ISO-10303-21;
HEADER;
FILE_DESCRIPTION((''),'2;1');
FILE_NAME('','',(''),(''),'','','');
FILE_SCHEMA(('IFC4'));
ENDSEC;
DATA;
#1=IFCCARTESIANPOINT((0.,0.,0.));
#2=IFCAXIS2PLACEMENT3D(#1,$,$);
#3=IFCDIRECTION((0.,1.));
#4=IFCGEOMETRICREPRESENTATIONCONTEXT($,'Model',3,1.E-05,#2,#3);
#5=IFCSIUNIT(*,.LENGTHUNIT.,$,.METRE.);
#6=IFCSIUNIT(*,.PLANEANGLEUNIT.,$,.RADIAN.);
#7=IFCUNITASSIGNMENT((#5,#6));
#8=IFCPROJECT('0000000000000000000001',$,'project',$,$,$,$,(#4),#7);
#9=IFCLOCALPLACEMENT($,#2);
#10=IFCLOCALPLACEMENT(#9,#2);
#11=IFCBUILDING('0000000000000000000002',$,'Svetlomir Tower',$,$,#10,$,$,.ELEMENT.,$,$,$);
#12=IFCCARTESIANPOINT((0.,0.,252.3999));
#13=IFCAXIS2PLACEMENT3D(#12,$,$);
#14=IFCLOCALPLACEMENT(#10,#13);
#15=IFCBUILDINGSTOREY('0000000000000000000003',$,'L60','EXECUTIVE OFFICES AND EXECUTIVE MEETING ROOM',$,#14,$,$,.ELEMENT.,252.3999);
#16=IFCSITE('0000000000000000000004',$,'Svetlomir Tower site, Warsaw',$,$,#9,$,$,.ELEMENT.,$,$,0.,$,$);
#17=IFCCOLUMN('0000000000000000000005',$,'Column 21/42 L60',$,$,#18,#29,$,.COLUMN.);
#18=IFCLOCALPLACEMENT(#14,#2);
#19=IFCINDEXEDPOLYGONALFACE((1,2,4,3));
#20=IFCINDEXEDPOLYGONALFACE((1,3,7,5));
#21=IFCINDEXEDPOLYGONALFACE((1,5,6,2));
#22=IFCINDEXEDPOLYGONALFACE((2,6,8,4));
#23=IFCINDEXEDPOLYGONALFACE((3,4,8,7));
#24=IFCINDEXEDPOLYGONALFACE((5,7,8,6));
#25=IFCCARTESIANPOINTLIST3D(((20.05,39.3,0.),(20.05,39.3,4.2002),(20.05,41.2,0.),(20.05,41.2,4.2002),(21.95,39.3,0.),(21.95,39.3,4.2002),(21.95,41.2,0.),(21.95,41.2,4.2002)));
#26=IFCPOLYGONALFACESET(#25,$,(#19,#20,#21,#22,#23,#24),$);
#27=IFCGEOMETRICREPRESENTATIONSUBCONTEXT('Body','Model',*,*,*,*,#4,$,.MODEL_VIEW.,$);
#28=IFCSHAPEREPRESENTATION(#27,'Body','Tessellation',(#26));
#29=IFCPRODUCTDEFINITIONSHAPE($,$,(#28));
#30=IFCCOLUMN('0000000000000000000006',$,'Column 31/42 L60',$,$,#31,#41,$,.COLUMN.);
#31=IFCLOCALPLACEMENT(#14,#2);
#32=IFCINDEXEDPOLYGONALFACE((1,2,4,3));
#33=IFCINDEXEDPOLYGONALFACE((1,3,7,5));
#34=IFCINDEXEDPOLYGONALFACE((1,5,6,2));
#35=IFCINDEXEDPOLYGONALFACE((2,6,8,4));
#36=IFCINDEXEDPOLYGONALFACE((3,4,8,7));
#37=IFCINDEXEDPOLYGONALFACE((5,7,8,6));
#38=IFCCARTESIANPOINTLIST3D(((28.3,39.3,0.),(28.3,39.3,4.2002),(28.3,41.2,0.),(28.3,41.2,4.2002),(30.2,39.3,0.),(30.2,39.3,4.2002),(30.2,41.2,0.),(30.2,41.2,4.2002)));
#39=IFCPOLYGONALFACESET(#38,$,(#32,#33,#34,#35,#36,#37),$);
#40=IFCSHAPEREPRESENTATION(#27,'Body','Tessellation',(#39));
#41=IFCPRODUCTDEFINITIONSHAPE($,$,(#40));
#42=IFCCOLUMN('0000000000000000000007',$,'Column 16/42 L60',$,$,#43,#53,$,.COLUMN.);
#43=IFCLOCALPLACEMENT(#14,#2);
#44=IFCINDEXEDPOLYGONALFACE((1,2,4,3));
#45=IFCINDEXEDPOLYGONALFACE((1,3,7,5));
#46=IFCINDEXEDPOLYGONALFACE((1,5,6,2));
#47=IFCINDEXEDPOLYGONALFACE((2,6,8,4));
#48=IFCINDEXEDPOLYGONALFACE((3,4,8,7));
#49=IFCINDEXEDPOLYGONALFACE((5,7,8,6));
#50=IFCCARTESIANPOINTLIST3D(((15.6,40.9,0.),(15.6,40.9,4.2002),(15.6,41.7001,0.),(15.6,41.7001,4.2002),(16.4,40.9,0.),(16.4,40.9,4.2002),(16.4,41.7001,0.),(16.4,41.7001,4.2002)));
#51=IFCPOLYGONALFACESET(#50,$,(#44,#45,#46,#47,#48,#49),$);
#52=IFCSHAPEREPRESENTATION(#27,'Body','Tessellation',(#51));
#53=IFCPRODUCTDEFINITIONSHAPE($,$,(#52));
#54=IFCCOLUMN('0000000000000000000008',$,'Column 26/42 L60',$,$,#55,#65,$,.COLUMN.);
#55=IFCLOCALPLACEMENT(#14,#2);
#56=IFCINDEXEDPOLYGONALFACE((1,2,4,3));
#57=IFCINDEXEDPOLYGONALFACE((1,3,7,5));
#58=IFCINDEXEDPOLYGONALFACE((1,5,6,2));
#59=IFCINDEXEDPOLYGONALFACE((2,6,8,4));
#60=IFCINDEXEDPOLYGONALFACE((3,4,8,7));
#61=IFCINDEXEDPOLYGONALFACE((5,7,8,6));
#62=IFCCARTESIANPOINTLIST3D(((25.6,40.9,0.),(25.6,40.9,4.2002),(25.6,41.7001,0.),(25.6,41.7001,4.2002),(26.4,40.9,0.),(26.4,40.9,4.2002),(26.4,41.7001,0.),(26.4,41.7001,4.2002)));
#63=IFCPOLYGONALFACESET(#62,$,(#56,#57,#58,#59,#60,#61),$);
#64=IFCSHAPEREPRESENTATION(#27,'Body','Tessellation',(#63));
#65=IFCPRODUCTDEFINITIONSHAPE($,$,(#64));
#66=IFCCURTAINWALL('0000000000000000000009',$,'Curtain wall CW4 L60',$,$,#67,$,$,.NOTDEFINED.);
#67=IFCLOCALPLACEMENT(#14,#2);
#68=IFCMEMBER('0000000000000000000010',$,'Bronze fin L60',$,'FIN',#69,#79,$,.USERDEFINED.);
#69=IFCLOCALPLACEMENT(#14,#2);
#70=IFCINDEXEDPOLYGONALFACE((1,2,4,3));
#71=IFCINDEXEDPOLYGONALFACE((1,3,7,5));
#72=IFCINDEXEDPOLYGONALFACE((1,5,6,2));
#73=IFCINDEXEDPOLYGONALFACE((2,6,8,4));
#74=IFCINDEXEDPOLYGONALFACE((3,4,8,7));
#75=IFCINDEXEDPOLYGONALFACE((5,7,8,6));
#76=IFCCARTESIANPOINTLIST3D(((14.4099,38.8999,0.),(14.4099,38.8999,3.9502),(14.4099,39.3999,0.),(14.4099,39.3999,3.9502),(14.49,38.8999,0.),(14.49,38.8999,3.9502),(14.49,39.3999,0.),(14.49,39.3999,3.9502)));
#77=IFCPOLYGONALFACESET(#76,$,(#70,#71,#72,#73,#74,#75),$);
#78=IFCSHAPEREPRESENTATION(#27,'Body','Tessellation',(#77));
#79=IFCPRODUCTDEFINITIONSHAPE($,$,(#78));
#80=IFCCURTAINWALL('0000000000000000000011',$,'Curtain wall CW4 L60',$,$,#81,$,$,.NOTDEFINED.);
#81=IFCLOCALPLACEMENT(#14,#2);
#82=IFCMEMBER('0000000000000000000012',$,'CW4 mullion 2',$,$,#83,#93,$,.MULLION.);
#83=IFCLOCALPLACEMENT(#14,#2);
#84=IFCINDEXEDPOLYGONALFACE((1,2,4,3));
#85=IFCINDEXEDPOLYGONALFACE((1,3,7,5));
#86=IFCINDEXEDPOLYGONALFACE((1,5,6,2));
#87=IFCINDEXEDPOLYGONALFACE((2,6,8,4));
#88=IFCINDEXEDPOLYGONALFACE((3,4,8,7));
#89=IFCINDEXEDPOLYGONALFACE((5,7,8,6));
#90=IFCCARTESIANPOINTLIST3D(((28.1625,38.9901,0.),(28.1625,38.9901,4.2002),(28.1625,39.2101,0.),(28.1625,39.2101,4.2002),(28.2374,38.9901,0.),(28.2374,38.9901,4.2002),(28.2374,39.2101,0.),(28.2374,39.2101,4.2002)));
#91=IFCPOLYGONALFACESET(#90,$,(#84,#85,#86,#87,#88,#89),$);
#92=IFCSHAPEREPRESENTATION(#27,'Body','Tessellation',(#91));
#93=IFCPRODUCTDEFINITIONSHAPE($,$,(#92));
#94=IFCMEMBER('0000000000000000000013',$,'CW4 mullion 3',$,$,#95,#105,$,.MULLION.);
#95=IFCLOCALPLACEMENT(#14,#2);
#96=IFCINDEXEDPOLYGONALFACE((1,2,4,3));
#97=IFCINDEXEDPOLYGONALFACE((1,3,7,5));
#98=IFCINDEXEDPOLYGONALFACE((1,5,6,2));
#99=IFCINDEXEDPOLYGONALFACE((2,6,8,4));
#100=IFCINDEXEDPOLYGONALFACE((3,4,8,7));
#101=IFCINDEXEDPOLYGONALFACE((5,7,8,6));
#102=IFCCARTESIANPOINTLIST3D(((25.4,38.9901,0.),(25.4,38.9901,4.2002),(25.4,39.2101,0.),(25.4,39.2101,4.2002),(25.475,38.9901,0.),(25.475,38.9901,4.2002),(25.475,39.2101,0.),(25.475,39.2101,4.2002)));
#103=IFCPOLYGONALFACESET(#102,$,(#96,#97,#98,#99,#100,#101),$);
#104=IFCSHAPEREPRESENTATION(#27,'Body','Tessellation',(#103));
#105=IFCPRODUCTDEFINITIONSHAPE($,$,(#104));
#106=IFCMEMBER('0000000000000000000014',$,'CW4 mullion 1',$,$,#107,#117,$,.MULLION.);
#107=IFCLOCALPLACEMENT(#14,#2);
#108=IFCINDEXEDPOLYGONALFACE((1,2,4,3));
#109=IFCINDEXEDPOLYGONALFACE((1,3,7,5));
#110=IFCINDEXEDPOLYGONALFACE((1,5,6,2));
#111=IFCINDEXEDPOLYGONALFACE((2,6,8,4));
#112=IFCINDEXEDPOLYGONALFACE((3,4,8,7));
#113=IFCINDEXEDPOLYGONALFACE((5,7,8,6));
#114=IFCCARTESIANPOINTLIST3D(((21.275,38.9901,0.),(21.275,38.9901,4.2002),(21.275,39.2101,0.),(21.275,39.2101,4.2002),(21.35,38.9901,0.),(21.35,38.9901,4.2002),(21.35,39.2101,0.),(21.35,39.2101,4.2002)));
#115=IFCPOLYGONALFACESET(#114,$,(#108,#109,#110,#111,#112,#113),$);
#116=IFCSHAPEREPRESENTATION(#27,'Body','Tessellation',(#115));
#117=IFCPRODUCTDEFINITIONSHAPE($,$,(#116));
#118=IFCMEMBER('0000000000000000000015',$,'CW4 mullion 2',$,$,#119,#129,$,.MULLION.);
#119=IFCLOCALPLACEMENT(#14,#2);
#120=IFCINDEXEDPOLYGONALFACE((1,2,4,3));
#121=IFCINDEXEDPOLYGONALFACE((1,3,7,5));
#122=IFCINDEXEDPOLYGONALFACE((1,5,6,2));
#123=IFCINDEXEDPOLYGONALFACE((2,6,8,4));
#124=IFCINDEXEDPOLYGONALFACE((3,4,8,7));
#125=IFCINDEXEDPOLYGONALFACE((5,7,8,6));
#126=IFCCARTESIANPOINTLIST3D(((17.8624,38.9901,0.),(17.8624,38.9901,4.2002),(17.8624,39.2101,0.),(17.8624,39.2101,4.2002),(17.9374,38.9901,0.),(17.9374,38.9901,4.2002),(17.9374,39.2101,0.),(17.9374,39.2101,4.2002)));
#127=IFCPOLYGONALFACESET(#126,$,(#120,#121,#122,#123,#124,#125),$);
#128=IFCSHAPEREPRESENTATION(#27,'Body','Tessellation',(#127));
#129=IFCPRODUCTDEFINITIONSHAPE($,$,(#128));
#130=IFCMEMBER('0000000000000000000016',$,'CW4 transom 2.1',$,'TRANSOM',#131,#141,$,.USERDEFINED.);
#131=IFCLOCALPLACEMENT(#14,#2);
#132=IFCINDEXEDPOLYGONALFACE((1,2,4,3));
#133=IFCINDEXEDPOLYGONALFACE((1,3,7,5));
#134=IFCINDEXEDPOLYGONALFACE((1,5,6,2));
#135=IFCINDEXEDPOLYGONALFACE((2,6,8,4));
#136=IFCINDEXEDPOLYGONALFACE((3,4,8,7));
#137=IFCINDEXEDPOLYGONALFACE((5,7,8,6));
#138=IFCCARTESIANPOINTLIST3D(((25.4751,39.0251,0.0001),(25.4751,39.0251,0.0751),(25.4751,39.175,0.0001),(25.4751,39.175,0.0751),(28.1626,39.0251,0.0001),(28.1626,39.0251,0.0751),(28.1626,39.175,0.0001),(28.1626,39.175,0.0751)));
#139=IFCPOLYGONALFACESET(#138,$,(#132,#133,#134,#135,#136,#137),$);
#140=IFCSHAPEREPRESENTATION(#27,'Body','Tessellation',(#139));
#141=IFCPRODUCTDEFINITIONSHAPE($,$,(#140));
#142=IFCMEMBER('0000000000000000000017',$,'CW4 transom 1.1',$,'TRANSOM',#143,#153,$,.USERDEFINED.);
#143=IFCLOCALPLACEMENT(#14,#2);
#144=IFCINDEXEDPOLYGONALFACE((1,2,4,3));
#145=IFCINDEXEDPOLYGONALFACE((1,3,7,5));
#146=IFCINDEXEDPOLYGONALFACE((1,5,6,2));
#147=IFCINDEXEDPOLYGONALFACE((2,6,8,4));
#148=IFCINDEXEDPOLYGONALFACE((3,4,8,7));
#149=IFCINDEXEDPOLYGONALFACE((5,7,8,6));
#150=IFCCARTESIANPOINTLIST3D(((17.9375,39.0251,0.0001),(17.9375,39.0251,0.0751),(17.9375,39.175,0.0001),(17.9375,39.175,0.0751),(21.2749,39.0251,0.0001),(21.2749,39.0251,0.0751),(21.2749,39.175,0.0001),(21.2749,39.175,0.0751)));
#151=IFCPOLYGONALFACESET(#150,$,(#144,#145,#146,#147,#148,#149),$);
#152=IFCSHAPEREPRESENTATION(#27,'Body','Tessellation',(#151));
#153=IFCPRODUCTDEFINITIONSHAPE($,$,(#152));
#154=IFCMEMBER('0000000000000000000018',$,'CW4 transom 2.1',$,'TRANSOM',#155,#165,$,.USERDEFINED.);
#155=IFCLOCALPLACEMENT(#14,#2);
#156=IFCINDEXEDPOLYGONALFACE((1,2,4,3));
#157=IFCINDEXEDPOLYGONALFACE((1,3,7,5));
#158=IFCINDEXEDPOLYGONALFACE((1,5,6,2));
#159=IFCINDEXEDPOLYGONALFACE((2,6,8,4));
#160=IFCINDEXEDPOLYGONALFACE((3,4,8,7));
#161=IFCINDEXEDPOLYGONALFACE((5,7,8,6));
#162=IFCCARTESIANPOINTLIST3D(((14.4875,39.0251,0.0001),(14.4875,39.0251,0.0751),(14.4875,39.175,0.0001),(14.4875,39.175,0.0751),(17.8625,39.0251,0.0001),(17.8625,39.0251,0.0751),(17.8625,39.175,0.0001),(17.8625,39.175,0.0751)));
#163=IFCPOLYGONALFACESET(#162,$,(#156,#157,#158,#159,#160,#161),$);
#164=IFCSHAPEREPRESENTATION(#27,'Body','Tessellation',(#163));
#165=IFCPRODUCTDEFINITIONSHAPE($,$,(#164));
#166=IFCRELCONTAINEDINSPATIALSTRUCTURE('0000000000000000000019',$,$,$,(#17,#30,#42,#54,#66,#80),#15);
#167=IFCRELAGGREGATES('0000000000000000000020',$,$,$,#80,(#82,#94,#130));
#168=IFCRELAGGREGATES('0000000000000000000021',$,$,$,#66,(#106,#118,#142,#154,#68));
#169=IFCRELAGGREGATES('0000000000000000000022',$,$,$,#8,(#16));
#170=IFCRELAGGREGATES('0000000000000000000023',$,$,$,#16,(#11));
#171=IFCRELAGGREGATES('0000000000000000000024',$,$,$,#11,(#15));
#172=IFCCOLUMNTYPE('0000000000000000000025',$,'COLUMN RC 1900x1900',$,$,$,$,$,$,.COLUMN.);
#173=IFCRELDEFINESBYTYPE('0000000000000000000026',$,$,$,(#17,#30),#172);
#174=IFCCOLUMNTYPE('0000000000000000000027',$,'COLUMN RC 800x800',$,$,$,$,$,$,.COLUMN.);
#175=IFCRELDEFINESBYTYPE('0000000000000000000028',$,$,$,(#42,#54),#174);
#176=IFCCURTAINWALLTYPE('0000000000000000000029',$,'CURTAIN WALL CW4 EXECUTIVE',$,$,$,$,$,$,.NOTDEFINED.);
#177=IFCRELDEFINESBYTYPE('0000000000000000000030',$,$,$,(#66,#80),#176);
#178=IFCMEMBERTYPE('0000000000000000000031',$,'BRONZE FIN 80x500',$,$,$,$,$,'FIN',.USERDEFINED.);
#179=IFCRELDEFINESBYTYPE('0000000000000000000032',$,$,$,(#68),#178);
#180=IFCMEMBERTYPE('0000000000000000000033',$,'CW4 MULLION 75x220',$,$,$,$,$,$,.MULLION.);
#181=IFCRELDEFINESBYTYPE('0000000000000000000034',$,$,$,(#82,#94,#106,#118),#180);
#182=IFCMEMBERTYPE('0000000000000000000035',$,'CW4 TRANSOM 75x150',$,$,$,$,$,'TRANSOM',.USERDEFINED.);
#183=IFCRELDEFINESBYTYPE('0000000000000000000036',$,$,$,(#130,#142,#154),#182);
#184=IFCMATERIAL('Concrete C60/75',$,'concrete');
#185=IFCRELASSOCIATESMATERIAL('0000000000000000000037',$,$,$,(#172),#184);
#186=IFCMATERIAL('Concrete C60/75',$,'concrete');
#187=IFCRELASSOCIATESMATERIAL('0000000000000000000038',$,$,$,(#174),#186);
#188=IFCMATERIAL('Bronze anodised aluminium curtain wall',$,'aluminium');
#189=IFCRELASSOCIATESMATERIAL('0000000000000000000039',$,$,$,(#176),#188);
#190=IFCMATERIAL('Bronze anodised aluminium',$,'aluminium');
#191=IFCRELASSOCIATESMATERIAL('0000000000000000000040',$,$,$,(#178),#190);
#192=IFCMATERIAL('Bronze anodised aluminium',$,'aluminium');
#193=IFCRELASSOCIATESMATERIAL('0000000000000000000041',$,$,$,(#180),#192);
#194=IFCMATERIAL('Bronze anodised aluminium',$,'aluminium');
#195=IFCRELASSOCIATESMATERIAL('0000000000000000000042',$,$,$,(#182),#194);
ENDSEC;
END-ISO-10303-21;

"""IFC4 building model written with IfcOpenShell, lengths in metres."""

from ifc_helpers import new_model, si_unit, direction, frame, origin, origin_2d, place, context, subcontext, project, spatial, rectangle, extrude, material, material_profile, profile_set, type_object, element, aggregate, save


model = new_model("IFC4")

# Units and contexts
model_context = context("Model", 3, precision=1e-05, world=origin(), true_north=direction((0.0, 1.0)))
body_context = subcontext(model_context, "Body", "Model", "MODEL_VIEW")
ifc_project = project(units=[si_unit("LENGTHUNIT", "METRE"), si_unit("PLANEANGLEUNIT", "RADIAN")], contexts=[model_context])

# Site, building, storey
site_placement = place(None, origin())
site = spatial("IfcSite", under=ifc_project, at=site_placement, Name="Svetlomir Tower site, Warsaw", CompositionType="ELEMENT", RefElevation=0.0)
building_placement = place(site_placement, origin())
building = spatial("IfcBuilding", under=site, at=building_placement, Name="Svetlomir Tower", CompositionType="ELEMENT")
storey_placement = place(building_placement, frame((0.0, 0.0, 252.3999)))
storey = spatial("IfcBuildingStorey", under=building, at=storey_placement, Name="L60", Description="EXECUTIVE OFFICES AND EXECUTIVE MEETING ROOM", CompositionType="ELEMENT", Elevation=252.3999)

# Columns
ifc_material_1 = material(Name="Concrete C60/75", Category="concrete")
ifc_material_profile_1 = material_profile(ifc_material_1, rectangle(XDim=1.8999, YDim=1.8999, at=origin_2d()), Name="RC 1900x1900")
ifc_profile_set_1 = profile_set([ifc_material_profile_1], Name="Concrete C60/75")
column_type_1 = type_object("IfcColumnType", Name="COLUMN RC 1900x1900", PredefinedType="COLUMN", material=ifc_profile_set_1)
for number, where, z_axis, x_axis, name in (
    (1, (21.0, 40.25, 0.0), (0.0, 0.0, 1.0), (1.0, 0.0, 0.0), "Column 21/42 L60"),
    (2, (29.25, 40.25, 0.0), (0.0, 0.0, 1.0), (1.0, 0.0, 0.0), "Column 31/42 L60"),
):
    element("IfcColumn", number, at=place(storey_placement, frame(where, z_axis=z_axis, x_axis=x_axis)), inside=storey, type_object=column_type_1, Name=name, PredefinedType="COLUMN", context=body_context, shape_type="SweptSolid", body=[
        extrude(rectangle(XDim=1.8999, YDim=1.8999, at=origin_2d()), origin(), (0.0, 0.0, 1.0), 4.2002),
    ])
ifc_material_2 = material(Name="Concrete C60/75", Category="concrete")
ifc_material_profile_2 = material_profile(ifc_material_2, rectangle(XDim=0.8, YDim=0.8, at=origin_2d()), Name="RC 800x800")
ifc_profile_set_2 = profile_set([ifc_material_profile_2], Name="Concrete C60/75")
column_type_2 = type_object("IfcColumnType", Name="COLUMN RC 800x800", PredefinedType="COLUMN", material=ifc_profile_set_2)
for number, where, z_axis, x_axis, name in (
    (3, (16.0, 41.3, 0.0), (0.0, 0.0, 1.0), (1.0, 0.0, 0.0), "Column 16/42 L60"),
    (4, (26.0, 41.3, 0.0), (0.0, 0.0, 1.0), (1.0, 0.0, 0.0), "Column 26/42 L60"),
):
    element("IfcColumn", number, at=place(storey_placement, frame(where, z_axis=z_axis, x_axis=x_axis)), inside=storey, type_object=column_type_2, Name=name, PredefinedType="COLUMN", context=body_context, shape_type="SweptSolid", body=[
        extrude(rectangle(XDim=0.8, YDim=0.8, at=origin_2d()), origin(), (0.0, 0.0, 1.0), 4.2002),
    ])

# Curtain wall, member
ifc_material_3 = material(Name="Bronze anodised aluminium curtain wall", Category="aluminium")
curtain_wall_type = type_object("IfcCurtainWallType", Name="CURTAIN WALL CW4 EXECUTIVE", PredefinedType="NOTDEFINED", material=ifc_material_3)
curtain_wall_1_placement = place(storey_placement, origin())
curtain_wall_1 = element("IfcCurtainWall", 5, at=curtain_wall_1_placement, inside=storey, type_object=curtain_wall_type, Name="Curtain wall CW4 L60", PredefinedType="NOTDEFINED")
ifc_material_4 = material(Name="Bronze anodised aluminium", Category="aluminium")
ifc_material_profile_3 = material_profile(ifc_material_4, rectangle(XDim=0.0801, YDim=0.5, at=origin_2d()), Name="FIN 80x500")
ifc_profile_set_3 = profile_set([ifc_material_profile_3], Name="Bronze anodised aluminium 6063-T6")
member_type_1 = type_object("IfcMemberType", Name="BRONZE FIN 80x500", ElementType="FIN", PredefinedType="USERDEFINED", material=ifc_profile_set_3)
member_1_placement = place(storey_placement, frame((14.45, 39.1499, 0.0), z_axis=(0.0, 0.0, 1.0), x_axis=(1.0, 0.0, 0.0)))
member_1 = element("IfcMember", 6, at=member_1_placement, type_object=member_type_1, Name="Bronze fin L60", ObjectType="FIN", PredefinedType="USERDEFINED", context=body_context, shape_type="SweptSolid", body=[
    extrude(rectangle(XDim=0.0801, YDim=0.5, at=origin_2d()), origin(), (0.0, 0.0, 1.0), 3.9502),
])

# Curtain wall, members
curtain_wall_2_placement = place(storey_placement, origin())
curtain_wall_2 = element("IfcCurtainWall", 7, at=curtain_wall_2_placement, inside=storey, type_object=curtain_wall_type, Name="Curtain wall CW4 L60", PredefinedType="NOTDEFINED")
ifc_material_5 = material(Name="Bronze anodised aluminium", Category="aluminium")
ifc_material_profile_4 = material_profile(ifc_material_5, rectangle(XDim=0.075, YDim=0.22, at=origin_2d()), Name="AL 75x220")
ifc_profile_set_4 = profile_set([ifc_material_profile_4], Name="Bronze anodised aluminium 6063-T6")
member_type_2 = type_object("IfcMemberType", Name="CW4 MULLION 75x220", PredefinedType="MULLION", material=ifc_profile_set_4)
member_2_placement = place(storey_placement, frame((28.2, 39.1001, 0.0), z_axis=(0.0, 0.0, 1.0), x_axis=(-1.0, 0.0, 0.0)))
member_2 = element("IfcMember", 8, at=member_2_placement, type_object=member_type_2, Name="CW4 mullion 2", PredefinedType="MULLION", context=body_context, shape_type="SweptSolid", body=[
    extrude(rectangle(XDim=0.075, YDim=0.22, at=origin_2d()), origin(), (0.0, 0.0, 1.0), 4.2002),
])
member_3_placement = place(storey_placement, frame((25.4375, 39.1001, 0.0), z_axis=(0.0, 0.0, 1.0), x_axis=(-1.0, 0.0, 0.0)))
member_3 = element("IfcMember", 9, at=member_3_placement, type_object=member_type_2, Name="CW4 mullion 3", PredefinedType="MULLION", context=body_context, shape_type="SweptSolid", body=[
    extrude(rectangle(XDim=0.075, YDim=0.22, at=origin_2d()), origin(), (0.0, 0.0, 1.0), 4.2002),
])

# Members
member_4_placement = place(storey_placement, frame((21.3125, 39.1001, 0.0), z_axis=(0.0, 0.0, 1.0), x_axis=(-1.0, 0.0, 0.0)))
member_4 = element("IfcMember", 10, at=member_4_placement, type_object=member_type_2, Name="CW4 mullion 1", PredefinedType="MULLION", context=body_context, shape_type="SweptSolid", body=[
    extrude(rectangle(XDim=0.075, YDim=0.22, at=origin_2d()), origin(), (0.0, 0.0, 1.0), 4.2002),
])
member_5_placement = place(storey_placement, frame((17.8999, 39.1001, 0.0), z_axis=(0.0, 0.0, 1.0), x_axis=(-1.0, 0.0, 0.0)))
member_5 = element("IfcMember", 11, at=member_5_placement, type_object=member_type_2, Name="CW4 mullion 2", PredefinedType="MULLION", context=body_context, shape_type="SweptSolid", body=[
    extrude(rectangle(XDim=0.075, YDim=0.22, at=origin_2d()), origin(), (0.0, 0.0, 1.0), 4.2002),
])
ifc_material_6 = material(Name="Bronze anodised aluminium", Category="aluminium")
ifc_material_profile_5 = material_profile(ifc_material_6, rectangle(XDim=0.1499, YDim=0.075, at=origin_2d()), Name="AL 150x75")
ifc_profile_set_5 = profile_set([ifc_material_profile_5], Name="Bronze anodised aluminium 6063-T6")
member_type_3 = type_object("IfcMemberType", Name="CW4 TRANSOM 75x150", ElementType="TRANSOM", PredefinedType="USERDEFINED", material=ifc_profile_set_5)
member_6_placement = place(storey_placement, frame((28.1626, 39.1001, 0.0376), z_axis=(-1.0, 0.0, 0.0), x_axis=(0.0, -1.0, 0.0)))
member_6 = element("IfcMember", 12, at=member_6_placement, type_object=member_type_3, Name="CW4 transom 2.1", ObjectType="TRANSOM", PredefinedType="USERDEFINED", context=body_context, shape_type="SweptSolid", body=[
    extrude(rectangle(XDim=0.1499, YDim=0.075, at=origin_2d()), origin(), (0.0, 0.0, 1.0), 2.6875),
])
member_7_placement = place(storey_placement, frame((21.2749, 39.1001, 0.0376), z_axis=(-1.0, 0.0, 0.0), x_axis=(0.0, -1.0, 0.0)))
member_7 = element("IfcMember", 13, at=member_7_placement, type_object=member_type_3, Name="CW4 transom 1.1", ObjectType="TRANSOM", PredefinedType="USERDEFINED", context=body_context, shape_type="SweptSolid", body=[
    extrude(rectangle(XDim=0.1499, YDim=0.075, at=origin_2d()), origin(), (0.0, 0.0, 1.0), 3.3374),
])
member_8_placement = place(storey_placement, frame((17.8625, 39.1001, 0.0376), z_axis=(-1.0, 0.0, 0.0), x_axis=(0.0, -1.0, 0.0)))
member_8 = element("IfcMember", 14, at=member_8_placement, type_object=member_type_3, Name="CW4 transom 2.1", ObjectType="TRANSOM", PredefinedType="USERDEFINED", context=body_context, shape_type="SweptSolid", body=[
    extrude(rectangle(XDim=0.1499, YDim=0.075, at=origin_2d()), origin(), (0.0, 0.0, 1.0), 3.375),
])

aggregate(curtain_wall_2, [member_2, member_3, member_6])
aggregate(curtain_wall_1, [member_4, member_5, member_7, member_8, member_1])

save(model, "model.ifc")
